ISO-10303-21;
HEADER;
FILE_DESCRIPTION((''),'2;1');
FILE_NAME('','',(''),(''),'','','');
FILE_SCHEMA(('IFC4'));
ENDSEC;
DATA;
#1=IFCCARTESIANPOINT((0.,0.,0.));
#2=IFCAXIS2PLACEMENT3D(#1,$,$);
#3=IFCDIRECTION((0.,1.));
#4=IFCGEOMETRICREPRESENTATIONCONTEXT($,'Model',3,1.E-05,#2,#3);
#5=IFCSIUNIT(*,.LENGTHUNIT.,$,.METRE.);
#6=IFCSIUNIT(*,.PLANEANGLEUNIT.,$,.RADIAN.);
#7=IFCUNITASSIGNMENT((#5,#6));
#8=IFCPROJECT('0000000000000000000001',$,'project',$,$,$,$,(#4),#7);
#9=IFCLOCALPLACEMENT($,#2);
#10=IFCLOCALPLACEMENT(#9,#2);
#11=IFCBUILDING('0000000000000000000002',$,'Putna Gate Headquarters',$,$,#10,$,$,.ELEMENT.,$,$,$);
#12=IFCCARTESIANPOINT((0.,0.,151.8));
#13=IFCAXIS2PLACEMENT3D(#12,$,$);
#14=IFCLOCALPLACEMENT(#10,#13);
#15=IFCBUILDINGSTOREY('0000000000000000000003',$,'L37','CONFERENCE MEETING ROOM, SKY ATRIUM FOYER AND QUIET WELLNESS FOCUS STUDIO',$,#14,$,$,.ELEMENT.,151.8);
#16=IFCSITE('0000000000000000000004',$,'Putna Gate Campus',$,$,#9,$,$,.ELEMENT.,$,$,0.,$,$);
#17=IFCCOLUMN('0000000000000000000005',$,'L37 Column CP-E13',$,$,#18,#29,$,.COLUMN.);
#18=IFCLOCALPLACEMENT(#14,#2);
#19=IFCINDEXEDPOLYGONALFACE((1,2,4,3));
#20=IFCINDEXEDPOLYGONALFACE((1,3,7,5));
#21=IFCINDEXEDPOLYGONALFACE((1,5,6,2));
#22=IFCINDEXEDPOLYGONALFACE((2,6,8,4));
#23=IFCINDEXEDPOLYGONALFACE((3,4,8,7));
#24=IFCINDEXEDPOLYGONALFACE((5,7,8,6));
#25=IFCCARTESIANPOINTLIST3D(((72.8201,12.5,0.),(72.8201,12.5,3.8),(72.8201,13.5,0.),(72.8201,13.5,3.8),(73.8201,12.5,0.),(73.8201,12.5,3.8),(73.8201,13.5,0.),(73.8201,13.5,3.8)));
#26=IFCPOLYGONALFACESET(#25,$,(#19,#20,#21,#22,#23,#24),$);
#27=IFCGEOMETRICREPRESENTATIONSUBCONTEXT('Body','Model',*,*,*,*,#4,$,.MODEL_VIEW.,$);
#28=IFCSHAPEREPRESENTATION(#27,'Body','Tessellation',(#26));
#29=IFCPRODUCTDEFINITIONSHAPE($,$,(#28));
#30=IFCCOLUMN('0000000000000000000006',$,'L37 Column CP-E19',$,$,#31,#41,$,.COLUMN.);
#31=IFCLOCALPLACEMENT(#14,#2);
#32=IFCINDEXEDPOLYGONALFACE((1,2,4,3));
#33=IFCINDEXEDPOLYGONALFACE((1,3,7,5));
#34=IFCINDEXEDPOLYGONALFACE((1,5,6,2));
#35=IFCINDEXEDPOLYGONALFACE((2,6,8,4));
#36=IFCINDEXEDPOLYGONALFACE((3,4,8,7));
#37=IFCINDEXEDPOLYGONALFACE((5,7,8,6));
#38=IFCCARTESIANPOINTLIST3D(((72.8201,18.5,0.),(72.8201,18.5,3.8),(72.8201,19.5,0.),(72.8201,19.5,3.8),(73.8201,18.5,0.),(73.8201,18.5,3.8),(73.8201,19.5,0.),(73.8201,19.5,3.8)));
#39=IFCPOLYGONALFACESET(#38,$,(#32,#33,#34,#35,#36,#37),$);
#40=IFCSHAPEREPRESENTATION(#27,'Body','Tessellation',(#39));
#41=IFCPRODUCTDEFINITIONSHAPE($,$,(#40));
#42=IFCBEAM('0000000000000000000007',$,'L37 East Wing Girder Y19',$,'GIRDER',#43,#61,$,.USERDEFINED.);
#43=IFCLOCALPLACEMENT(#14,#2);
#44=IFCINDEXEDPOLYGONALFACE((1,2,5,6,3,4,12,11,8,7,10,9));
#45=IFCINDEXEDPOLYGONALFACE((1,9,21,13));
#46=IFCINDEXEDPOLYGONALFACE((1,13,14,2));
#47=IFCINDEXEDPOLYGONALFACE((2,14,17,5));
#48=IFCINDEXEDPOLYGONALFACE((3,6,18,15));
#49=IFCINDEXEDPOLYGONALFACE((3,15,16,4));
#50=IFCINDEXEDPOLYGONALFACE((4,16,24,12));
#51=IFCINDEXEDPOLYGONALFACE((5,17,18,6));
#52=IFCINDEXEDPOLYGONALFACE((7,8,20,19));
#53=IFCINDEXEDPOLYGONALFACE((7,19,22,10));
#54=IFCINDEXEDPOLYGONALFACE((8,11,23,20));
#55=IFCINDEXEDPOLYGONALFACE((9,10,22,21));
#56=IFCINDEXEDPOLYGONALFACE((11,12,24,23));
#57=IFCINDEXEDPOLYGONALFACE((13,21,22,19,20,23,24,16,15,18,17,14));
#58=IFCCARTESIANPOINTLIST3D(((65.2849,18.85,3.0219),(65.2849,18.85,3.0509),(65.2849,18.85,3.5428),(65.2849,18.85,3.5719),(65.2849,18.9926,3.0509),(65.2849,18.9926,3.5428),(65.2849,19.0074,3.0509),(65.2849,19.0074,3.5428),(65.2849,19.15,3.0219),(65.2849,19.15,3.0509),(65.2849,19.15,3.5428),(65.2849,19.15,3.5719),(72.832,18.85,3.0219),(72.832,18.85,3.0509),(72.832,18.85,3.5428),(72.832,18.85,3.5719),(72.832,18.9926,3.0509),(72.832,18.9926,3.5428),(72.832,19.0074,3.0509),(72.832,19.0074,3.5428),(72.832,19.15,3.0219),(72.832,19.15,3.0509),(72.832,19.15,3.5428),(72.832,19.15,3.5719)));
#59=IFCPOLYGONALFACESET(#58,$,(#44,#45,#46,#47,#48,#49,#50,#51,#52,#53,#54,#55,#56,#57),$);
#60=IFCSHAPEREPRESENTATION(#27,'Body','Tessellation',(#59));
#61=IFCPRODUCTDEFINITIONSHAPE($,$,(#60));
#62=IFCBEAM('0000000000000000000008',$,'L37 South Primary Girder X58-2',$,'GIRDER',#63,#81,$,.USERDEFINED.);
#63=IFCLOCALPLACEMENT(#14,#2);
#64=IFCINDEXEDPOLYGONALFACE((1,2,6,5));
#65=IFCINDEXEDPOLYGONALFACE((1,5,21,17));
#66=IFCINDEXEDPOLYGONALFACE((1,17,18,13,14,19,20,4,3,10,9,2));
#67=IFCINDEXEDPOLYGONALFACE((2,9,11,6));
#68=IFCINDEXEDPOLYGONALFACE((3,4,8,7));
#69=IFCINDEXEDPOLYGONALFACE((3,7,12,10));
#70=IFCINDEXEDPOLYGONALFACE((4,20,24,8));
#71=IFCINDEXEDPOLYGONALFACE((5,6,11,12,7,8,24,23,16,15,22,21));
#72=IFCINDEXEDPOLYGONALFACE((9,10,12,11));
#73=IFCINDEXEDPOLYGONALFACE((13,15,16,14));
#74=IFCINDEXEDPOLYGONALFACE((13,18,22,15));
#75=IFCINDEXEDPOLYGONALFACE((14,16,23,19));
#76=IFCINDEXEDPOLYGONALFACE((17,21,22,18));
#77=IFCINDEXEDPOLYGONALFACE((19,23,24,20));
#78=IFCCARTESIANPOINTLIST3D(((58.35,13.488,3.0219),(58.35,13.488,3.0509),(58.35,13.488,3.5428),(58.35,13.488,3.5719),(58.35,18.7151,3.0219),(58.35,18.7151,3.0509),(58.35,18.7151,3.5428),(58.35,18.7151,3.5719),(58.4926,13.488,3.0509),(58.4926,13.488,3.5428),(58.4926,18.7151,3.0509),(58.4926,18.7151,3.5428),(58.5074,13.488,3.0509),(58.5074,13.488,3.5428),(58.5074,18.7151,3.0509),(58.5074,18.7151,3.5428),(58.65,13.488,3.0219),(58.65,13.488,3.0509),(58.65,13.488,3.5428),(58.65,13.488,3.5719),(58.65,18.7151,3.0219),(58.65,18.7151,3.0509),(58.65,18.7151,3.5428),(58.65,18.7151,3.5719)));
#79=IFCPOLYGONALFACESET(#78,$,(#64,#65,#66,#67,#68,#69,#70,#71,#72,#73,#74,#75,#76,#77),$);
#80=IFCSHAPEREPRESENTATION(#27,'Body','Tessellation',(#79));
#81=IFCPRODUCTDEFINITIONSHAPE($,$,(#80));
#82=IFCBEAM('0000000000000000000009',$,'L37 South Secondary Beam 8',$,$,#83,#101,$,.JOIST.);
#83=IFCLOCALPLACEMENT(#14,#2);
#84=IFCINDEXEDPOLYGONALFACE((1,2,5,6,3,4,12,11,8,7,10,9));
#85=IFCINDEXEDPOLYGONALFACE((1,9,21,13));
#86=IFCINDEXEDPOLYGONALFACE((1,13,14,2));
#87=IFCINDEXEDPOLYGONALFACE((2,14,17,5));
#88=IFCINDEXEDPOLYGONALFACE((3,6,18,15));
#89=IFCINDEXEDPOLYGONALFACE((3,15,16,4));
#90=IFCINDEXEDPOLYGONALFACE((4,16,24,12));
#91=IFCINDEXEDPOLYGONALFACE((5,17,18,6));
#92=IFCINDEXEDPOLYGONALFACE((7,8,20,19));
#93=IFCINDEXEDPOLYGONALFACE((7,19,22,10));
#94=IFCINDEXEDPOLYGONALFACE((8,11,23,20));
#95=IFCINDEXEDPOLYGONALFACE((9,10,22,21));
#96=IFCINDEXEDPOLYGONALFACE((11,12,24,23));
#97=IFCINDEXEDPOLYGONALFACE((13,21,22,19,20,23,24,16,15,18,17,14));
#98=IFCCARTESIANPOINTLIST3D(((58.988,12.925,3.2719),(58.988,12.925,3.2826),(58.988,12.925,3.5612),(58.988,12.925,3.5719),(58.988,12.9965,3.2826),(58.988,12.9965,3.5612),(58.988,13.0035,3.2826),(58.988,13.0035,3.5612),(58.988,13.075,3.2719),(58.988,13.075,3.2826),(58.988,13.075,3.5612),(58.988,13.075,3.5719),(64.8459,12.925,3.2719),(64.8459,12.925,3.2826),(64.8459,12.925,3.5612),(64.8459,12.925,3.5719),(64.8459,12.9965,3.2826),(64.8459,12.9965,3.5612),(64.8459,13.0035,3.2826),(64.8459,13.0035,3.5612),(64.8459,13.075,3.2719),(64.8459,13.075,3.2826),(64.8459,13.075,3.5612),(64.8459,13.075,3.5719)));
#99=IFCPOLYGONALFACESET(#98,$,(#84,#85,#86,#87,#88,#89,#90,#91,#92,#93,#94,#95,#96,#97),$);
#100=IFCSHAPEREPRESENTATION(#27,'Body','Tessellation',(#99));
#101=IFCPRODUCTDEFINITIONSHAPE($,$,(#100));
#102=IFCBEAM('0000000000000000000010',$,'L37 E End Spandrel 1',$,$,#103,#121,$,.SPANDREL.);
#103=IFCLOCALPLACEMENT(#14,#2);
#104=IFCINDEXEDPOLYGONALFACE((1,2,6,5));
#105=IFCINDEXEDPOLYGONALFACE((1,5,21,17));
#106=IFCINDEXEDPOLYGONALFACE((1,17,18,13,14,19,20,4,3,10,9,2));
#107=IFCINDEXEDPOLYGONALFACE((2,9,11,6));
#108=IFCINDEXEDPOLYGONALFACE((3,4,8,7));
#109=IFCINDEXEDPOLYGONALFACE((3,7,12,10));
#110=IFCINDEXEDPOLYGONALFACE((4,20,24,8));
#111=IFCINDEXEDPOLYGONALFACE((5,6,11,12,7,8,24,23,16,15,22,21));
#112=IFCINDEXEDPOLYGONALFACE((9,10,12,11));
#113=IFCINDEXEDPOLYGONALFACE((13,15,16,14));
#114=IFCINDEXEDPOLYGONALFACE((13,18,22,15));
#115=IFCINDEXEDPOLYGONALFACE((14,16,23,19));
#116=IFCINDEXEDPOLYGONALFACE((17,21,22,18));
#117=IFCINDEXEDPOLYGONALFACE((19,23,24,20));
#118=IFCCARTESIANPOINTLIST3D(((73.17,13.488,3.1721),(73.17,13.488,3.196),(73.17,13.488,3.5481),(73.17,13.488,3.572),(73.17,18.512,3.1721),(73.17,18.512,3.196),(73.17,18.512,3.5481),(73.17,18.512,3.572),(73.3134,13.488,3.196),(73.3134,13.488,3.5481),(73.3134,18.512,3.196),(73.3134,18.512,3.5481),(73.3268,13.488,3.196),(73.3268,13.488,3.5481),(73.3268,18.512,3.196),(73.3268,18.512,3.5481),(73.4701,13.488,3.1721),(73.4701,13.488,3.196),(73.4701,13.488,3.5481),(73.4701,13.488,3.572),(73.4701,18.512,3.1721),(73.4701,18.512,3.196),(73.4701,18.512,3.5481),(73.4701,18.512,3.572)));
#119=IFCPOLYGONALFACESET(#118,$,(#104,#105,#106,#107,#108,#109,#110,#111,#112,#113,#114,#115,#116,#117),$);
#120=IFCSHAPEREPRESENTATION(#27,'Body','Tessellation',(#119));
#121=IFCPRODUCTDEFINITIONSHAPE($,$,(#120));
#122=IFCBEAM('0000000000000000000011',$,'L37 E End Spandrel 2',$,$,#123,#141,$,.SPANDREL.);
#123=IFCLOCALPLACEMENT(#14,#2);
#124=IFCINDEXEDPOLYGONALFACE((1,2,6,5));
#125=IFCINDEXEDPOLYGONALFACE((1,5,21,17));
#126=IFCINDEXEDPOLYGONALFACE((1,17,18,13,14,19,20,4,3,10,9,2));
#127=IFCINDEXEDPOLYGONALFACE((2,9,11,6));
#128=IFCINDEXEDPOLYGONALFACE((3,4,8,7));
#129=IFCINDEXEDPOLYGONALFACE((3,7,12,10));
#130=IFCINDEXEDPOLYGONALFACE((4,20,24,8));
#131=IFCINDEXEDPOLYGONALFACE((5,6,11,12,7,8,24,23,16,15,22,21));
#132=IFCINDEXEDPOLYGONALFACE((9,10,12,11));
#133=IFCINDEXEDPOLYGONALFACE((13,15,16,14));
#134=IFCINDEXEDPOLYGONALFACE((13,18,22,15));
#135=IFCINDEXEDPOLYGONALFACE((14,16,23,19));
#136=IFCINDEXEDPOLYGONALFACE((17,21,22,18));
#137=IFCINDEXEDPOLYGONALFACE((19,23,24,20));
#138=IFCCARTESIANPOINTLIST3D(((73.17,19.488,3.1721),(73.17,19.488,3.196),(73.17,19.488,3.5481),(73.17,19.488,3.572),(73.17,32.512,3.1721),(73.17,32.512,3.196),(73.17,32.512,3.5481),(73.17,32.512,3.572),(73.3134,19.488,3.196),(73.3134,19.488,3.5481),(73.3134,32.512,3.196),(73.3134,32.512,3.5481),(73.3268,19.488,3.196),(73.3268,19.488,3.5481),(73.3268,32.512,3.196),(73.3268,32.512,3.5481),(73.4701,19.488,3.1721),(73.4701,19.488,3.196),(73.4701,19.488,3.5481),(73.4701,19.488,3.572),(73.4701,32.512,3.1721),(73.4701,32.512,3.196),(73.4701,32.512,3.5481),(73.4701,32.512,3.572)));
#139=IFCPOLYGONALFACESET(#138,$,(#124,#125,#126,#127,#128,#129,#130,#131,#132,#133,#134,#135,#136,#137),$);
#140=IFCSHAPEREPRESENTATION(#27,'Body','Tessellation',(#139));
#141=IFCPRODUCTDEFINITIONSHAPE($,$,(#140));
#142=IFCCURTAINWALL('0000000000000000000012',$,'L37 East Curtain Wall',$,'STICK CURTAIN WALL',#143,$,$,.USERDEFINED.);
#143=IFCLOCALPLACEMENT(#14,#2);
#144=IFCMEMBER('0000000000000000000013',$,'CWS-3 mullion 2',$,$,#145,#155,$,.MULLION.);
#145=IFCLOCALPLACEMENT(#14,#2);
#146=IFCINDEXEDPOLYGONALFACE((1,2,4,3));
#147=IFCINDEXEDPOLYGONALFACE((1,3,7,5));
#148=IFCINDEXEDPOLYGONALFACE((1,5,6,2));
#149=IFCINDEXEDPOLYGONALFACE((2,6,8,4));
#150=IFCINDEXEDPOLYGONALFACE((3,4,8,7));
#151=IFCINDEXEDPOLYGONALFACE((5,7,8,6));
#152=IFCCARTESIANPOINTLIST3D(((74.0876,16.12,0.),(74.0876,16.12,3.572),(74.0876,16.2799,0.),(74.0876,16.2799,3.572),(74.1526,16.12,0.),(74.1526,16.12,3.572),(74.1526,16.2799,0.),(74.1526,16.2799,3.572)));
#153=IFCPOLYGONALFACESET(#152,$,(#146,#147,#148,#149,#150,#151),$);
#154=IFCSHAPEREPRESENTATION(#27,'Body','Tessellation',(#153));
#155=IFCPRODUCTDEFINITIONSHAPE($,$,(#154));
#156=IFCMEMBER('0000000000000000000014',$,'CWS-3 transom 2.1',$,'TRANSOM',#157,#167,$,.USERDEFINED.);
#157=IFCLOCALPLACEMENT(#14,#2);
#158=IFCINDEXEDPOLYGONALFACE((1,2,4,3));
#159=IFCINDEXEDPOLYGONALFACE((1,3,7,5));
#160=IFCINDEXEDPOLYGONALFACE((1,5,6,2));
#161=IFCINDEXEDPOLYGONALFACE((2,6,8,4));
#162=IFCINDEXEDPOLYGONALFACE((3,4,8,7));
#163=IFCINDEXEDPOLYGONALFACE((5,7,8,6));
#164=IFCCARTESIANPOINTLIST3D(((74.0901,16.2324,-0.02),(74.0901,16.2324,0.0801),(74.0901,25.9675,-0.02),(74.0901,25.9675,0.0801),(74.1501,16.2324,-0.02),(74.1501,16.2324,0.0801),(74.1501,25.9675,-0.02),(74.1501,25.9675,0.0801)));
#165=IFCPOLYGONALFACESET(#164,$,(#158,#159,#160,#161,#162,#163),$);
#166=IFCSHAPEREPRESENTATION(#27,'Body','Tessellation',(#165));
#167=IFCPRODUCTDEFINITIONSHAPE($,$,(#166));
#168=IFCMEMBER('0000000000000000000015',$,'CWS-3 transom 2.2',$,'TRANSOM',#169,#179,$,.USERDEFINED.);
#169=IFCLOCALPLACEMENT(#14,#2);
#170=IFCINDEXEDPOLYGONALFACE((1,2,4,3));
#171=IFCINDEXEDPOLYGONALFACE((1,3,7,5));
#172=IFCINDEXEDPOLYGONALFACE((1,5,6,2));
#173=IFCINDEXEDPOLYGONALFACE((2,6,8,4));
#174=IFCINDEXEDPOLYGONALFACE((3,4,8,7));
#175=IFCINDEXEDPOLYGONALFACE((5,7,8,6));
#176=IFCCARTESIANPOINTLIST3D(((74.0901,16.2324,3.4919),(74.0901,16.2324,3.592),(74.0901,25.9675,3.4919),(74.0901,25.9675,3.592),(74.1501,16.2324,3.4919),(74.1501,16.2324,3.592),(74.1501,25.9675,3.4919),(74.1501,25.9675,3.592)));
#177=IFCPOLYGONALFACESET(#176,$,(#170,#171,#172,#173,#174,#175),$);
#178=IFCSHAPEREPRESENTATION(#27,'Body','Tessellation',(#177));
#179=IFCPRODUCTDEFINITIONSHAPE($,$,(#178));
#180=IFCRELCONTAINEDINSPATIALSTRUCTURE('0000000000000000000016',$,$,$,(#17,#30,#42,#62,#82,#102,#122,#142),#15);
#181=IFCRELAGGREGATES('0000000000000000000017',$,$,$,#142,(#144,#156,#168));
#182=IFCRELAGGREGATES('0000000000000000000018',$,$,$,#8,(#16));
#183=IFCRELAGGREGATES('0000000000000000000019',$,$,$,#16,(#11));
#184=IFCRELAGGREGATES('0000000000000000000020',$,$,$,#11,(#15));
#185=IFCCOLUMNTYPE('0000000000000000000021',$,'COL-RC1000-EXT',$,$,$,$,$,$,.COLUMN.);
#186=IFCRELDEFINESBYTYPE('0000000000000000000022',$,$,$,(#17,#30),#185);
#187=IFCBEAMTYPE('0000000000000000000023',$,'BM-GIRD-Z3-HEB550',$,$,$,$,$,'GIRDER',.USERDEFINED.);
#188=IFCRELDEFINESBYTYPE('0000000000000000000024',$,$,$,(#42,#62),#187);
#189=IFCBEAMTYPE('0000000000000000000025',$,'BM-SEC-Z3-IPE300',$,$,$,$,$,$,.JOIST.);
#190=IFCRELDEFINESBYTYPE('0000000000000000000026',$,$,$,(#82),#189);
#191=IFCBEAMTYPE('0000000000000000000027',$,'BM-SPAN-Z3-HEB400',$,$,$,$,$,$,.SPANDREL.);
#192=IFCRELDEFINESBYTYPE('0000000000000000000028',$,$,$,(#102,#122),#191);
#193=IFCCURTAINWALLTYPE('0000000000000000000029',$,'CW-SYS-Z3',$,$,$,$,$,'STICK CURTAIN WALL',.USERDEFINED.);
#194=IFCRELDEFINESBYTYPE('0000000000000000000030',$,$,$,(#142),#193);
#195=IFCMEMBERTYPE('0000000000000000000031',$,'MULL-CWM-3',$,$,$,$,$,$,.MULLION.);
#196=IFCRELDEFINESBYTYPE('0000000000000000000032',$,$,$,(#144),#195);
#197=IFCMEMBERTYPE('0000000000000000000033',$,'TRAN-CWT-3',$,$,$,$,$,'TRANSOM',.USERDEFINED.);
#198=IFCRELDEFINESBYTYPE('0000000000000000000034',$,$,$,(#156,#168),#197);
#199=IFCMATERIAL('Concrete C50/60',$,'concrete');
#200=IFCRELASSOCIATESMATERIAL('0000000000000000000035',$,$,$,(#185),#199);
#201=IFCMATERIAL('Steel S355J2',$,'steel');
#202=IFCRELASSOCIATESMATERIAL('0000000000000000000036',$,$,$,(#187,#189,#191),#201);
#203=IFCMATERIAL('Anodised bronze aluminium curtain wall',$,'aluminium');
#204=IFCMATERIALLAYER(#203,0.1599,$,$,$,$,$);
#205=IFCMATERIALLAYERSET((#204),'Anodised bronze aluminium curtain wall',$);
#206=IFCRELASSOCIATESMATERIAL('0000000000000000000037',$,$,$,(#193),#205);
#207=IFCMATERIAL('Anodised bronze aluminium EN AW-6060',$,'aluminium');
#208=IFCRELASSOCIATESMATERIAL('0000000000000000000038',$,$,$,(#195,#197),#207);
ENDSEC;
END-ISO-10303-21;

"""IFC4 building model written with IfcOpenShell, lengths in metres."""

from ifc_helpers import new_model, si_unit, direction, frame, origin, origin_2d, place, context, subcontext, project, spatial, rectangle, i_section, extrude, material, layer, layer_set, material_profile, profile_set, type_object, element, aggregate, save


model = new_model("IFC4")

# Units and contexts
model_context = context("Model", 3, precision=1e-05, world=origin(), true_north=direction((0.0, 1.0)))
body_context = subcontext(model_context, "Body", "Model", "MODEL_VIEW")
ifc_project = project(units=[si_unit("LENGTHUNIT", "METRE"), si_unit("PLANEANGLEUNIT", "RADIAN")], contexts=[model_context])

# Site, building, storey
site_placement = place(None, origin())
site = spatial("IfcSite", under=ifc_project, at=site_placement, Name="Putna Gate Campus", CompositionType="ELEMENT", RefElevation=0.0)
building_placement = place(site_placement, origin())
building = spatial("IfcBuilding", under=site, at=building_placement, Name="Putna Gate Headquarters", CompositionType="ELEMENT")
storey_placement = place(building_placement, frame((0.0, 0.0, 151.8)))
storey = spatial("IfcBuildingStorey", under=building, at=storey_placement, Name="L37", Description="CONFERENCE MEETING ROOM, SKY ATRIUM FOYER AND QUIET WELLNESS FOCUS STUDIO", CompositionType="ELEMENT", Elevation=151.8)

# Columns
ifc_material_1 = material(Name="Concrete C50/60", Category="concrete")
ifc_material_profile_1 = material_profile(ifc_material_1, rectangle(XDim=1.0, YDim=1.0, at=origin_2d()), Name="Concrete C50/60")
ifc_profile_set_1 = profile_set([ifc_material_profile_1], Name="Concrete C50/60")
column_type = type_object("IfcColumnType", Name="COL-RC1000-EXT", PredefinedType="COLUMN", material=ifc_profile_set_1)
for number, where, z_axis, x_axis, name in (
    (1, (73.3201, 13.0, 0.0), (0.0, 0.0, 1.0), (1.0, 0.0, 0.0), "L37 Column CP-E13"),
    (2, (73.3201, 19.0, 0.0), (0.0, 0.0, 1.0), (1.0, 0.0, 0.0), "L37 Column CP-E19"),
):
    element("IfcColumn", number, at=place(storey_placement, frame(where, z_axis=z_axis, x_axis=x_axis)), inside=storey, type_object=column_type, Name=name, PredefinedType="COLUMN", context=body_context, shape_type="SweptSolid", body=[
        extrude(rectangle(XDim=1.0, YDim=1.0, at=origin_2d()), origin(), (0.0, 0.0, 1.0), 3.8),
    ])

# Beams
ifc_material_2 = material(Name="Steel S355J2", Category="steel")
ifc_material_profile_2 = material_profile(ifc_material_2, i_section(OverallWidth=0.3, OverallDepth=0.55, WebThickness=0.0149, FlangeThickness=0.0291, at=origin_2d()), Name="Steel S355J2")
ifc_profile_set_2 = profile_set([ifc_material_profile_2], Name="Steel S355J2")
beam_type_1 = type_object("IfcBeamType", Name="BM-GIRD-Z3-HEB550", ElementType="GIRDER", PredefinedType="USERDEFINED", material=ifc_profile_set_2)
beam_1_placement = place(storey_placement, frame((65.2849, 19.0, 3.2969), z_axis=(1.0, 0.0, 0.0), x_axis=(0.0, 1.0, 0.0)))
element("IfcBeam", 3, at=beam_1_placement, inside=storey, type_object=beam_type_1, Name="L37 East Wing Girder Y19", ObjectType="GIRDER", PredefinedType="USERDEFINED", context=body_context, shape_type="SweptSolid", body=[
    extrude(i_section(OverallWidth=0.3, OverallDepth=0.55, WebThickness=0.0149, FlangeThickness=0.0291, at=origin_2d()), origin(), (0.0, 0.0, 1.0), 7.5471),
])
beam_2_placement = place(storey_placement, frame((58.5, 13.488, 3.2969), z_axis=(0.0, 1.0, 0.0), x_axis=(-1.0, 0.0, 0.0)))
element("IfcBeam", 4, at=beam_2_placement, inside=storey, type_object=beam_type_1, Name="L37 South Primary Girder X58-2", ObjectType="GIRDER", PredefinedType="USERDEFINED", context=body_context, shape_type="SweptSolid", body=[
    extrude(i_section(OverallWidth=0.3, OverallDepth=0.55, WebThickness=0.0149, FlangeThickness=0.0291, at=origin_2d()), origin(), (0.0, 0.0, 1.0), 5.2271),
])
ifc_material_profile_3 = material_profile(ifc_material_2, i_section(OverallWidth=0.1499, OverallDepth=0.3, WebThickness=0.0071, FlangeThickness=0.0107, at=origin_2d()), Name="Steel S355J2")
ifc_profile_set_3 = profile_set([ifc_material_profile_3], Name="Steel S355J2")
beam_type_2 = type_object("IfcBeamType", Name="BM-SEC-Z3-IPE300", PredefinedType="JOIST", material=ifc_profile_set_3)
beam_3_placement = place(storey_placement, frame((58.988, 13.0, 3.4219), z_axis=(1.0, 0.0, 0.0), x_axis=(0.0, 1.0, 0.0)))
element("IfcBeam", 5, at=beam_3_placement, inside=storey, type_object=beam_type_2, Name="L37 South Secondary Beam 8", PredefinedType="JOIST", context=body_context, shape_type="SweptSolid", body=[
    extrude(i_section(OverallWidth=0.1499, OverallDepth=0.3, WebThickness=0.0071, FlangeThickness=0.0107, at=origin_2d()), origin(), (0.0, 0.0, 1.0), 5.8579),
])
ifc_material_profile_4 = material_profile(ifc_material_2, i_section(OverallWidth=0.3, OverallDepth=0.3999, WebThickness=0.0134, FlangeThickness=0.0239, at=origin_2d()), Name="Steel S355J2")
ifc_profile_set_4 = profile_set([ifc_material_profile_4], Name="Steel S355J2")
beam_type_3 = type_object("IfcBeamType", Name="BM-SPAN-Z3-HEB400", PredefinedType="SPANDREL", material=ifc_profile_set_4)
beam_4_placement = place(storey_placement, frame((73.3201, 13.488, 3.3721), z_axis=(0.0, 1.0, 0.0), x_axis=(-1.0, 0.0, 0.0)))
element("IfcBeam", 6, at=beam_4_placement, inside=storey, type_object=beam_type_3, Name="L37 E End Spandrel 1", PredefinedType="SPANDREL", context=body_context, shape_type="SweptSolid", body=[
    extrude(i_section(OverallWidth=0.3, OverallDepth=0.3999, WebThickness=0.0134, FlangeThickness=0.0239, at=origin_2d()), origin(), (0.0, 0.0, 1.0), 5.0239),
])
beam_5_placement = place(storey_placement, frame((73.3201, 19.488, 3.3721), z_axis=(0.0, 1.0, 0.0), x_axis=(-1.0, 0.0, 0.0)))
element("IfcBeam", 7, at=beam_5_placement, inside=storey, type_object=beam_type_3, Name="L37 E End Spandrel 2", PredefinedType="SPANDREL", context=body_context, shape_type="SweptSolid", body=[
    extrude(i_section(OverallWidth=0.3, OverallDepth=0.3999, WebThickness=0.0134, FlangeThickness=0.0239, at=origin_2d()), origin(), (0.0, 0.0, 1.0), 13.0239),
])

# Curtain wall, members
ifc_material_3 = material(Name="Anodised bronze aluminium curtain wall", Category="aluminium")
ifc_layer_1 = layer(ifc_material_3, 0.1599)
ifc_layer_set_1 = layer_set([ifc_layer_1], Name="Anodised bronze aluminium curtain wall")
curtain_wall_type = type_object("IfcCurtainWallType", Name="CW-SYS-Z3", ElementType="STICK CURTAIN WALL", PredefinedType="USERDEFINED", material=ifc_layer_set_1)
curtain_wall_placement = place(storey_placement, origin())
curtain_wall = element("IfcCurtainWall", 8, at=curtain_wall_placement, inside=storey, type_object=curtain_wall_type, Name="L37 East Curtain Wall", ObjectType="STICK CURTAIN WALL", PredefinedType="USERDEFINED")
ifc_material_4 = material(Name="Anodised bronze aluminium EN AW-6060", Category="aluminium")
ifc_material_profile_5 = material_profile(ifc_material_4, rectangle(XDim=0.0649, YDim=0.1599, at=origin_2d()), Name="Anodised bronze aluminium EN AW-6060")
ifc_profile_set_5 = profile_set([ifc_material_profile_5], Name="Anodised bronze aluminium EN AW-6060")
member_type_1 = type_object("IfcMemberType", Name="MULL-CWM-3", PredefinedType="MULLION", material=ifc_profile_set_5)
member_1_placement = place(storey_placement, frame((74.1201, 16.2, 0.0), z_axis=(0.0, 0.0, 1.0), x_axis=(-1.0, 0.0, 0.0)))
member_1 = element("IfcMember", 9, at=member_1_placement, type_object=member_type_1, Name="CWS-3 mullion 2", PredefinedType="MULLION", context=body_context, shape_type="SweptSolid", body=[
    extrude(rectangle(XDim=0.0649, YDim=0.1599, at=origin_2d()), origin(), (0.0, 0.0, 1.0), 3.572),
])
ifc_material_profile_6 = material_profile(ifc_material_4, rectangle(XDim=0.0601, YDim=0.1001, at=origin_2d()), Name="Anodised bronze aluminium EN AW-6060")
ifc_profile_set_6 = profile_set([ifc_material_profile_6], Name="Anodised bronze aluminium EN AW-6060")
member_type_2 = type_object("IfcMemberType", Name="TRAN-CWT-3", ElementType="TRANSOM", PredefinedType="USERDEFINED", material=ifc_profile_set_6)
member_2_placement = place(storey_placement, frame((74.1201, 16.2324, 0.03), z_axis=(0.0, 1.0, 0.0), x_axis=(-1.0, 0.0, 0.0)))
member_2 = element("IfcMember", 10, at=member_2_placement, type_object=member_type_2, Name="CWS-3 transom 2.1", ObjectType="TRANSOM", PredefinedType="USERDEFINED", context=body_context, shape_type="SweptSolid", body=[
    extrude(rectangle(XDim=0.0601, YDim=0.1001, at=origin_2d()), origin(), (0.0, 0.0, 1.0), 9.7351),
])
member_3_placement = place(storey_placement, frame((74.1201, 16.2324, 3.542), z_axis=(0.0, 1.0, 0.0), x_axis=(-1.0, 0.0, 0.0)))
member_3 = element("IfcMember", 11, at=member_3_placement, type_object=member_type_2, Name="CWS-3 transom 2.2", ObjectType="TRANSOM", PredefinedType="USERDEFINED", context=body_context, shape_type="SweptSolid", body=[
    extrude(rectangle(XDim=0.0601, YDim=0.1001, at=origin_2d()), origin(), (0.0, 0.0, 1.0), 9.7351),
])
aggregate(curtain_wall, [member_1, member_2, member_3])

save(model, "model.ifc")
